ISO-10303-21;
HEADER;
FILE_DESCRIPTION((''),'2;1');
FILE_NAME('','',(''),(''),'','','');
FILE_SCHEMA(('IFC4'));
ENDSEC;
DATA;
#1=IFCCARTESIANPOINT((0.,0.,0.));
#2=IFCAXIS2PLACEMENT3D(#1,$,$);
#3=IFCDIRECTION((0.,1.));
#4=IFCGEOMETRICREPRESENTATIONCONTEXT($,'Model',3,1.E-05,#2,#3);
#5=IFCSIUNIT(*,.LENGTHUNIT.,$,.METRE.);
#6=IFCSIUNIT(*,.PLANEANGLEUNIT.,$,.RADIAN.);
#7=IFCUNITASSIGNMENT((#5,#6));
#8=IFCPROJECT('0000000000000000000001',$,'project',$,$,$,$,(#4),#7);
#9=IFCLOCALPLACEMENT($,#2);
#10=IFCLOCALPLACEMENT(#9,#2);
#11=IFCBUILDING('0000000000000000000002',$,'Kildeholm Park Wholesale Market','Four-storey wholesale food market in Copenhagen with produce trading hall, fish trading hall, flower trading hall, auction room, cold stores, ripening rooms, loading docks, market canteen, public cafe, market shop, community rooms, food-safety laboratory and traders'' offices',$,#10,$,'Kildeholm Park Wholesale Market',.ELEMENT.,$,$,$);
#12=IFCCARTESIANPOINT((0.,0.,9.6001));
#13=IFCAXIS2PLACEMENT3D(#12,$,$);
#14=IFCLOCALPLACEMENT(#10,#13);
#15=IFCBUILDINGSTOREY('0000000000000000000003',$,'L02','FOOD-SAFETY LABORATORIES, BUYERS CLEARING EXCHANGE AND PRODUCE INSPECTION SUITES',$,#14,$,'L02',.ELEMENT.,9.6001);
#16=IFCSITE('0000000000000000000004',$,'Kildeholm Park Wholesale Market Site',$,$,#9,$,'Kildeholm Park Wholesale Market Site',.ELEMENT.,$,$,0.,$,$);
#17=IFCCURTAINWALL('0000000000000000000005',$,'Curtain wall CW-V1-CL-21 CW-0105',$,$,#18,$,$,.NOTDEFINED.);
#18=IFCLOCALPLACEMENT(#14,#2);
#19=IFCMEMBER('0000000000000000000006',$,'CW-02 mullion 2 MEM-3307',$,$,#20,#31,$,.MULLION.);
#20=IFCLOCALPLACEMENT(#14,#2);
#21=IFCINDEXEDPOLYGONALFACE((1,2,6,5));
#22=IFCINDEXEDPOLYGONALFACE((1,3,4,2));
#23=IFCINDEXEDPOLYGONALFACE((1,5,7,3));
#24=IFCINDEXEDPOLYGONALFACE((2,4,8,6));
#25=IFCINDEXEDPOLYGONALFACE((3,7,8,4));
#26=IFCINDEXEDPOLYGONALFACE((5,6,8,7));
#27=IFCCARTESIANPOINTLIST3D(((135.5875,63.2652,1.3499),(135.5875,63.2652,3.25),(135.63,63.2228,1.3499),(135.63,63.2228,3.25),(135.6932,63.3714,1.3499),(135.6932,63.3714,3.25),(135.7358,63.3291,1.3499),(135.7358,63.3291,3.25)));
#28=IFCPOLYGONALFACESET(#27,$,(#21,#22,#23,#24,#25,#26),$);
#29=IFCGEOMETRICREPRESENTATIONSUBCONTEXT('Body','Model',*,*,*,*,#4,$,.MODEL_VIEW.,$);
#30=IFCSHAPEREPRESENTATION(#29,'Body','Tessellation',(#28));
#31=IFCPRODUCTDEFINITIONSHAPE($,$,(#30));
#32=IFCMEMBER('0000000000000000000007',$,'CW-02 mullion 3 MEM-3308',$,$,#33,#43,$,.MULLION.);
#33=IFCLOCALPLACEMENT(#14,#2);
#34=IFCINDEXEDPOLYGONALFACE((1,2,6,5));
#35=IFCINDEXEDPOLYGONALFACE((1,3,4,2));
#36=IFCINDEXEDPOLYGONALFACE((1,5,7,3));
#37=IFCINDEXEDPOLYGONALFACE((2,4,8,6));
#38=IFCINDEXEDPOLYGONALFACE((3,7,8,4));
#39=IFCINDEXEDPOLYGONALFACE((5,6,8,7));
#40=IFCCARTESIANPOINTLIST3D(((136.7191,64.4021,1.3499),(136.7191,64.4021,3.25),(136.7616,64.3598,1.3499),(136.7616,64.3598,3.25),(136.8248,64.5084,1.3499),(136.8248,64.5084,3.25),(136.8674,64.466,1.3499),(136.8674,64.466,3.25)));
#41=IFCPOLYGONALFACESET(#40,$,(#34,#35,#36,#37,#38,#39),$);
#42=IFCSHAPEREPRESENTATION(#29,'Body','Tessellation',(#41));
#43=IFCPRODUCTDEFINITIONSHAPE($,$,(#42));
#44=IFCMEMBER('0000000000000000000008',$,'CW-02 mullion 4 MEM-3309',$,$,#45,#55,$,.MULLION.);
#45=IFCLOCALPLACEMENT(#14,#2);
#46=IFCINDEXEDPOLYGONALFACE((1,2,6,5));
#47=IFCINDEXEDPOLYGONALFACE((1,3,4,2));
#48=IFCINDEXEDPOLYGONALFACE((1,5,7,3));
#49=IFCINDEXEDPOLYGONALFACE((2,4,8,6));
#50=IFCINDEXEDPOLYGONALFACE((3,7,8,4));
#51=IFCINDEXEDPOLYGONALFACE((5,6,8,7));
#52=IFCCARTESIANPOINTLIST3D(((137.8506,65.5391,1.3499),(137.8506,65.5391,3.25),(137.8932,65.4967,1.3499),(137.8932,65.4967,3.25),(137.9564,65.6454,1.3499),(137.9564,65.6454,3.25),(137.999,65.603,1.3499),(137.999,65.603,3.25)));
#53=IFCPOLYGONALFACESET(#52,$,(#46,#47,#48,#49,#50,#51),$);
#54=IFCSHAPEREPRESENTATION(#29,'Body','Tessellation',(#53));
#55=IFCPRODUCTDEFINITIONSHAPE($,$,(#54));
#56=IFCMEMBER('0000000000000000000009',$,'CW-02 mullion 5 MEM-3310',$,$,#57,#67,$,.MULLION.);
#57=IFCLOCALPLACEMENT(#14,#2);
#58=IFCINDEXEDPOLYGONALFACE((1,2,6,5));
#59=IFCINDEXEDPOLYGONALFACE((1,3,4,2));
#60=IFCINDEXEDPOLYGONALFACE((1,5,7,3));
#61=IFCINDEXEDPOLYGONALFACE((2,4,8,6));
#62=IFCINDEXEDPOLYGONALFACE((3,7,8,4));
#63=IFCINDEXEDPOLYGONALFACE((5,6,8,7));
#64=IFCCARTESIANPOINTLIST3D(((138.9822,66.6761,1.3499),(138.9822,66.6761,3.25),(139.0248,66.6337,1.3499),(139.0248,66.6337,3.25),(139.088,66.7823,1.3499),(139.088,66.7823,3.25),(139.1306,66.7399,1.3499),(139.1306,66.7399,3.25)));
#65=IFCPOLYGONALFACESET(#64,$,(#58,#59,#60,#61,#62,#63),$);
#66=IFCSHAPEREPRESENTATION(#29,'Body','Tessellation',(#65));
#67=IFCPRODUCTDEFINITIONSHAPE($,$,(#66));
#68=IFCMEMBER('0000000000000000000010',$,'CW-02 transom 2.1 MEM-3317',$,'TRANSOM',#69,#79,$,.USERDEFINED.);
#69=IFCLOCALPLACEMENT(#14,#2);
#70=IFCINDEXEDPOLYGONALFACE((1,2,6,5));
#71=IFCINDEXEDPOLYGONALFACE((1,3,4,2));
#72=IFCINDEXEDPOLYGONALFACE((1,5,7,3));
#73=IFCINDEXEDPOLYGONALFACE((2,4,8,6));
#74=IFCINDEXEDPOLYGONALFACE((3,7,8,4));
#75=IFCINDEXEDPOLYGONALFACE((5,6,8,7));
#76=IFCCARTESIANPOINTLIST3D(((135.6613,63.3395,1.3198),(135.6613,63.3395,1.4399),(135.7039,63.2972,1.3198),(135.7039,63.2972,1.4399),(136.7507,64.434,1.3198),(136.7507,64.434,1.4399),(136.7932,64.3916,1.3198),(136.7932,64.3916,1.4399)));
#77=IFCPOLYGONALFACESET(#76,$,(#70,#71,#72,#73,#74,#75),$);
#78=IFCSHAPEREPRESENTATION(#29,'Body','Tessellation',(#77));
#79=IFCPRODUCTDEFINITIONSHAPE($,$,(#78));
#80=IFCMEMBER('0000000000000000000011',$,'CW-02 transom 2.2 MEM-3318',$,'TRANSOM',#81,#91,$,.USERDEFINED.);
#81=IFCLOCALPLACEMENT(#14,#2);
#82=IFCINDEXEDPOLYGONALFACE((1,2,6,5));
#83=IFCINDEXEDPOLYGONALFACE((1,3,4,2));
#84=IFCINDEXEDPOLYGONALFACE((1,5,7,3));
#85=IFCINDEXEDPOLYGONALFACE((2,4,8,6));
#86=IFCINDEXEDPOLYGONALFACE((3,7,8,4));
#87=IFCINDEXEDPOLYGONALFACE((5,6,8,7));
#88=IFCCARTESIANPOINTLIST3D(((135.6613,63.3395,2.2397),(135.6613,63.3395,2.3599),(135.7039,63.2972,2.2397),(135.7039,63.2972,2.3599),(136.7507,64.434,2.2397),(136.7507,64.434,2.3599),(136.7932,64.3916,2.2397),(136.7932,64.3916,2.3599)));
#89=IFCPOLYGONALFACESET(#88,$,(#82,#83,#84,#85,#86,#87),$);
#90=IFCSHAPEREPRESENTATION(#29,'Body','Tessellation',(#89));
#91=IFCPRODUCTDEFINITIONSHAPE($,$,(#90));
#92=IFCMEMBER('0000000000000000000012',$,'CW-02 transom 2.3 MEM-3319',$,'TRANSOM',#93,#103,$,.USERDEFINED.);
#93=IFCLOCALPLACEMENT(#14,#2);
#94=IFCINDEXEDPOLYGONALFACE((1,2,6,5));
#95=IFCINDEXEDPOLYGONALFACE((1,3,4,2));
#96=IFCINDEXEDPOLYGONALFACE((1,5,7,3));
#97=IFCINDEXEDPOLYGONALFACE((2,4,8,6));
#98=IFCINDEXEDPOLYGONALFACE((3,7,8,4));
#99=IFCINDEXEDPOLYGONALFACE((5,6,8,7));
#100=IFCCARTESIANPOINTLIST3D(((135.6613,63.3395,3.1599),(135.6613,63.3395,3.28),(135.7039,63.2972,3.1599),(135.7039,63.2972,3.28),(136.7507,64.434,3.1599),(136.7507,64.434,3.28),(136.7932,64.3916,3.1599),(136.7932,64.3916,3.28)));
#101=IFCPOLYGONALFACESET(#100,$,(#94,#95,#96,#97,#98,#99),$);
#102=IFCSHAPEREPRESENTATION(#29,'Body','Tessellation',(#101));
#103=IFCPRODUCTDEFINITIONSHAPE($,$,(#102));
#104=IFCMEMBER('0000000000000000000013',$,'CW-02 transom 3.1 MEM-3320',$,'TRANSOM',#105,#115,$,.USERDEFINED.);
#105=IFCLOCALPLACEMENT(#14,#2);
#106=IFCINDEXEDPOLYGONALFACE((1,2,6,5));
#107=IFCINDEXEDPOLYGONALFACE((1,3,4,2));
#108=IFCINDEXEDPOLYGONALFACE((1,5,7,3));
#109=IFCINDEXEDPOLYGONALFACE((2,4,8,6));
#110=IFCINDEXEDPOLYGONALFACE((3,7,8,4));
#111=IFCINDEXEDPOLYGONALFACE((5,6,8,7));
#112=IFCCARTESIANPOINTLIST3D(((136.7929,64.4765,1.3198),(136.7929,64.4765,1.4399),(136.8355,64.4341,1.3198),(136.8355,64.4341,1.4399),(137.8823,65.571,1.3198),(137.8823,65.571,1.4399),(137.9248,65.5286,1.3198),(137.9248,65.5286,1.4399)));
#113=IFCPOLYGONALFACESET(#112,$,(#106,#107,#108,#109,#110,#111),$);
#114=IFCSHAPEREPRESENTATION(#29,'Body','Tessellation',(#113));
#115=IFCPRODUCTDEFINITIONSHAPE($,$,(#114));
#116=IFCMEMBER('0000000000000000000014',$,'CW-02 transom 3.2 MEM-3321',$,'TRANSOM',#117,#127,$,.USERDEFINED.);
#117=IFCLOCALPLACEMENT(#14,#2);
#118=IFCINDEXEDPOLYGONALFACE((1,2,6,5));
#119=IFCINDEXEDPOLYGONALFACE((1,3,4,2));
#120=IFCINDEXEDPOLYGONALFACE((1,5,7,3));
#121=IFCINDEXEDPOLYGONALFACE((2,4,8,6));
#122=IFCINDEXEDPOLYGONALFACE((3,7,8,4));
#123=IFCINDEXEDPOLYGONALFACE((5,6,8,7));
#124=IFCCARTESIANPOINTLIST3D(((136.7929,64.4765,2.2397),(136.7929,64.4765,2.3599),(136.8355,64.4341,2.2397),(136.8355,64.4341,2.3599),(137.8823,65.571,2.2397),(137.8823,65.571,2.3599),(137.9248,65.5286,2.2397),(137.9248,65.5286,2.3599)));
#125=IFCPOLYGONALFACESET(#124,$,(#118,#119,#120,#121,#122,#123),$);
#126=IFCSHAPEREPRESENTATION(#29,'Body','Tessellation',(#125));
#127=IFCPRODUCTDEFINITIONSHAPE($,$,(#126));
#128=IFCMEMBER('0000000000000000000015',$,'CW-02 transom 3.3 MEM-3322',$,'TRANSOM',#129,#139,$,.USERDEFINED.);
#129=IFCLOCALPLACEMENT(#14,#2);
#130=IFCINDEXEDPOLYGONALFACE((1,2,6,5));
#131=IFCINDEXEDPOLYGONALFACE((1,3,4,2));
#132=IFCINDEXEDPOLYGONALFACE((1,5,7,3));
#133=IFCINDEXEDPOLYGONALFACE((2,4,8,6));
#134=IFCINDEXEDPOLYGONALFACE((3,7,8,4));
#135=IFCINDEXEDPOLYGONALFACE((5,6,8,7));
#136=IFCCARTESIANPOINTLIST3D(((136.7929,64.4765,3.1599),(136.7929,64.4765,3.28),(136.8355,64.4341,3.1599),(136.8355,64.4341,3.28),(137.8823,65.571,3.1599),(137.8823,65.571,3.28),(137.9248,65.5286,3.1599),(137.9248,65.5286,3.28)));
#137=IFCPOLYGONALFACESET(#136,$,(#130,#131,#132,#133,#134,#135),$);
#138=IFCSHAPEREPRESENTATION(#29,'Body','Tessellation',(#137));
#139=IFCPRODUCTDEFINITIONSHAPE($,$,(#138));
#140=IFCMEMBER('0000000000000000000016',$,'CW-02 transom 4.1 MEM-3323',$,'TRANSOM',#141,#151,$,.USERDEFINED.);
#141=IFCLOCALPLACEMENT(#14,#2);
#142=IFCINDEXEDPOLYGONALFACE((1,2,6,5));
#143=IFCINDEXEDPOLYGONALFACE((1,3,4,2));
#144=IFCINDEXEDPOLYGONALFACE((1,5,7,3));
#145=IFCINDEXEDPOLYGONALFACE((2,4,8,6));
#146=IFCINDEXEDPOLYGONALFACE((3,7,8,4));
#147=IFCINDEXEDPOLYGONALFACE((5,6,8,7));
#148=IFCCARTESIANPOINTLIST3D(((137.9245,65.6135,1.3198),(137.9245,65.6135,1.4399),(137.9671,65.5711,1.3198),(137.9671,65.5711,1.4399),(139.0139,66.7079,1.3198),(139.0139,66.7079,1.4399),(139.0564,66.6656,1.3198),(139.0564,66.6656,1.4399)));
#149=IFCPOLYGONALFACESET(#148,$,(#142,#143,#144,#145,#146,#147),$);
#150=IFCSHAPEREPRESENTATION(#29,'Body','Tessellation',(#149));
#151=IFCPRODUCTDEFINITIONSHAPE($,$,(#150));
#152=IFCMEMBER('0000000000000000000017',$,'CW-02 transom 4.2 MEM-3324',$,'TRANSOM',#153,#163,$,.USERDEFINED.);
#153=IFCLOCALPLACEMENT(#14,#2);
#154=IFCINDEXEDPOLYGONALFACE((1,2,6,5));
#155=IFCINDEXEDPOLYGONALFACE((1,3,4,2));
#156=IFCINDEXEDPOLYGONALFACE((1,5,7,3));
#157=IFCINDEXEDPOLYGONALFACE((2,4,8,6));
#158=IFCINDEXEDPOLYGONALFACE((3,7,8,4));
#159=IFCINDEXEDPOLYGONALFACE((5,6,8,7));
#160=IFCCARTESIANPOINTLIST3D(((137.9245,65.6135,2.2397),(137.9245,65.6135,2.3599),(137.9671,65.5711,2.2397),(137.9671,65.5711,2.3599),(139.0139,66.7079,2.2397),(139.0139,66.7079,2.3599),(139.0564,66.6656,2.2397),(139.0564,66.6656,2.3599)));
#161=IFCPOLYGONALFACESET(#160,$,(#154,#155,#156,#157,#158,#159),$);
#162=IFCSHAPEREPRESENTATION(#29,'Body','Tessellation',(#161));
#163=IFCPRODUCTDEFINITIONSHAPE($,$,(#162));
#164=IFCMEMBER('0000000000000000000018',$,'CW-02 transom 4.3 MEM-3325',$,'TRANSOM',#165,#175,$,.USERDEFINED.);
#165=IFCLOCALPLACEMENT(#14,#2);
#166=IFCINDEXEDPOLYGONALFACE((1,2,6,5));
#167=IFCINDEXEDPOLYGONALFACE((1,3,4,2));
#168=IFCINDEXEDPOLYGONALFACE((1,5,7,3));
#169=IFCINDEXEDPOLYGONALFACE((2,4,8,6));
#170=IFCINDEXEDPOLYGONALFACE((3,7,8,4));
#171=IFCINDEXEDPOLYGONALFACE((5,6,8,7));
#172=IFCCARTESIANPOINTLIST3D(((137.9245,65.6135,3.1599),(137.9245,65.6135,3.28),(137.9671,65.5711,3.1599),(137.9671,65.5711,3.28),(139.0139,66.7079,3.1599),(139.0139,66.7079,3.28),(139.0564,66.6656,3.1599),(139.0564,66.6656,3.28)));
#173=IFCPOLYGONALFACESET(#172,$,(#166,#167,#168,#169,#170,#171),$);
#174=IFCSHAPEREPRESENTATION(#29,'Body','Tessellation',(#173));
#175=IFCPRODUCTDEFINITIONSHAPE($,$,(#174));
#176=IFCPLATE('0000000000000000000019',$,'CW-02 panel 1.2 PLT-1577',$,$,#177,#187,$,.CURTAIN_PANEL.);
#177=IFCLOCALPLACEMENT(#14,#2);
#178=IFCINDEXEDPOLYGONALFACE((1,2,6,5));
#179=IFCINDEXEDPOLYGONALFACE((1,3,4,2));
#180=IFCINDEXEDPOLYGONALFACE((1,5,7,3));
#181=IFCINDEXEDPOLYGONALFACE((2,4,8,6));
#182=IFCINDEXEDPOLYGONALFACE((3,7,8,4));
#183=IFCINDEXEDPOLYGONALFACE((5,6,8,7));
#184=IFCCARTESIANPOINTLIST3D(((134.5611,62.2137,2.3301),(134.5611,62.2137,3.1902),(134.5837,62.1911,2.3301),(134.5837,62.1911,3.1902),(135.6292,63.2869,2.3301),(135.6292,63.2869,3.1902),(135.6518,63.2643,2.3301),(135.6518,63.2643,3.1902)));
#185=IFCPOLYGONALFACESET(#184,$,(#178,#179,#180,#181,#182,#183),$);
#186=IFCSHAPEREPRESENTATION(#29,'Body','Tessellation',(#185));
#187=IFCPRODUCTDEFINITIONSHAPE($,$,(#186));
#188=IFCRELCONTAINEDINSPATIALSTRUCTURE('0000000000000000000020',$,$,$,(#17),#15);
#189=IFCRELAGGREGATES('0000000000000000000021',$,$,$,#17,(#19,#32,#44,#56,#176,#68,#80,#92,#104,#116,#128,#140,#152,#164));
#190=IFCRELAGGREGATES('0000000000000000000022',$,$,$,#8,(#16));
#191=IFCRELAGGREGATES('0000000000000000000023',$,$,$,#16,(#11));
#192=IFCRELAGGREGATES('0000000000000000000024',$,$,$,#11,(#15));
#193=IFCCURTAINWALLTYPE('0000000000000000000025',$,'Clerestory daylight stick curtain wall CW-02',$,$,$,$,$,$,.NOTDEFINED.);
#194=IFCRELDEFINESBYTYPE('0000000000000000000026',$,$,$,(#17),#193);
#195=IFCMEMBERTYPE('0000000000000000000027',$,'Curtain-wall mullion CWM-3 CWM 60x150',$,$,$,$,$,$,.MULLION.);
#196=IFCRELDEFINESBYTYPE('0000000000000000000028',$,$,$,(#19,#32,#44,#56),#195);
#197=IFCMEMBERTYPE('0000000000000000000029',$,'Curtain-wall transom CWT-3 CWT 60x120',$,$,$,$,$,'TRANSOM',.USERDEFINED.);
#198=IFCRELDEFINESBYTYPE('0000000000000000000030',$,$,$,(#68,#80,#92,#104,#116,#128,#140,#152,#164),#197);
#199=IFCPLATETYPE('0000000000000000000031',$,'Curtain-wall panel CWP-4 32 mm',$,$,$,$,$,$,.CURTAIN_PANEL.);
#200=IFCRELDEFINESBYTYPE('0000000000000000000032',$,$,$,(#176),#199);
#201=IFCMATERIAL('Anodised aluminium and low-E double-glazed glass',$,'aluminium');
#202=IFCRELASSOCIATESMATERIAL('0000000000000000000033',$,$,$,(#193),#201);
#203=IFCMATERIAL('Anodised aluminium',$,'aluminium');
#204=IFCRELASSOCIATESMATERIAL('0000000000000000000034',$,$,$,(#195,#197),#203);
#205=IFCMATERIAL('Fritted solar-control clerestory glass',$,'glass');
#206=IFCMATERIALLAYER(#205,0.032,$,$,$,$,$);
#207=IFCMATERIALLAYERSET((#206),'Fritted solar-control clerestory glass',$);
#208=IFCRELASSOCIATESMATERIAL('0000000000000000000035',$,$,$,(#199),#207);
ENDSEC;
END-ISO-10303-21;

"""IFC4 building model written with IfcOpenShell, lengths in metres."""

from ifc_helpers import new_model, si_unit, direction, frame, origin, origin_2d, place, context, subcontext, project, spatial, rectangle, extrude, material, layer, layer_set, material_profile, profile_set, type_object, element, aggregate, save


model = new_model("IFC4")

# Units and contexts
model_context = context("Model", 3, precision=1e-05, world=origin(), true_north=direction((0.0, 1.0)))
body_context = subcontext(model_context, "Body", "Model", "MODEL_VIEW")
ifc_project = project(units=[si_unit("LENGTHUNIT", "METRE"), si_unit("PLANEANGLEUNIT", "RADIAN")], contexts=[model_context])

# Site, building, storey
site_placement = place(None, origin())
site = spatial("IfcSite", under=ifc_project, at=site_placement, Name="Kildeholm Park Wholesale Market Site", LongName="Kildeholm Park Wholesale Market Site", CompositionType="ELEMENT", RefElevation=0.0)
building_placement = place(site_placement, origin())
building = spatial("IfcBuilding", under=site, at=building_placement, Name="Kildeholm Park Wholesale Market", Description="Four-storey wholesale food market in Copenhagen with produce trading hall, fish trading hall, flower trading hall, auction room, cold stores, ripening rooms, loading docks, market canteen, public cafe, market shop, community rooms, food-safety laboratory and traders' offices", LongName="Kildeholm Park Wholesale Market", CompositionType="ELEMENT")
storey_placement = place(building_placement, frame((0.0, 0.0, 9.6001)))
storey = spatial("IfcBuildingStorey", under=building, at=storey_placement, Name="L02", Description="FOOD-SAFETY LABORATORIES, BUYERS CLEARING EXCHANGE AND PRODUCE INSPECTION SUITES", LongName="L02", CompositionType="ELEMENT", Elevation=9.6001)

# Curtain wall, members, plate
ifc_material_1 = material(Name="Anodised aluminium and low-E double-glazed glass", Category="aluminium")
curtain_wall_type = type_object("IfcCurtainWallType", Name="Clerestory daylight stick curtain wall CW-02", PredefinedType="NOTDEFINED", material=ifc_material_1)
curtain_wall_placement = place(storey_placement, origin())
curtain_wall = element("IfcCurtainWall", 1, at=curtain_wall_placement, inside=storey, type_object=curtain_wall_type, Name="Curtain wall CW-V1-CL-21 CW-0105", PredefinedType="NOTDEFINED")
ifc_material_2 = material(Name="Anodised aluminium", Category="aluminium")
ifc_material_profile_1 = material_profile(ifc_material_2, rectangle(XDim=0.0601, YDim=0.1499, at=origin_2d()), Name="CWM 60x150")
ifc_profile_set_1 = profile_set([ifc_material_profile_1], Name="Anodised aluminium")
member_type_1 = type_object("IfcMemberType", Name="Curtain-wall mullion CWM-3 CWM 60x150", PredefinedType="MULLION", material=ifc_profile_set_1)
member_1_placement = place(storey_placement, frame((135.6616, 63.2971, 1.3499), z_axis=(0.0, 0.0, 1.0), x_axis=(-0.708797, 0.705413, 0.0)))
member_1 = element("IfcMember", 2, at=member_1_placement, type_object=member_type_1, Name="CW-02 mullion 2 MEM-3307", PredefinedType="MULLION", context=body_context, shape_type="SweptSolid", body=[
    extrude(rectangle(XDim=0.0601, YDim=0.1499, at=origin_2d()), origin(), (0.0, 0.0, 1.0), 1.9001),
])
member_2_placement = place(storey_placement, frame((136.7932, 64.4341, 1.3499), z_axis=(0.0, 0.0, 1.0), x_axis=(-0.708797, 0.705413, 0.0)))
member_2 = element("IfcMember", 3, at=member_2_placement, type_object=member_type_1, Name="CW-02 mullion 3 MEM-3308", PredefinedType="MULLION", context=body_context, shape_type="SweptSolid", body=[
    extrude(rectangle(XDim=0.0601, YDim=0.1499, at=origin_2d()), origin(), (0.0, 0.0, 1.0), 1.9001),
])
member_3_placement = place(storey_placement, frame((137.9248, 65.571, 1.3499), z_axis=(0.0, 0.0, 1.0), x_axis=(-0.708797, 0.705413, 0.0)))
member_3 = element("IfcMember", 4, at=member_3_placement, type_object=member_type_1, Name="CW-02 mullion 4 MEM-3309", PredefinedType="MULLION", context=body_context, shape_type="SweptSolid", body=[
    extrude(rectangle(XDim=0.0601, YDim=0.1499, at=origin_2d()), origin(), (0.0, 0.0, 1.0), 1.9001),
])
member_4_placement = place(storey_placement, frame((139.0564, 66.708, 1.3499), z_axis=(0.0, 0.0, 1.0), x_axis=(-0.708797, 0.705413, 0.0)))
member_4 = element("IfcMember", 5, at=member_4_placement, type_object=member_type_1, Name="CW-02 mullion 5 MEM-3310", PredefinedType="MULLION", context=body_context, shape_type="SweptSolid", body=[
    extrude(rectangle(XDim=0.0601, YDim=0.1499, at=origin_2d()), origin(), (0.0, 0.0, 1.0), 1.9001),
])
ifc_material_profile_2 = material_profile(ifc_material_2, rectangle(XDim=0.0601, YDim=0.1201, at=origin_2d()), Name="CWT 60x120")
ifc_profile_set_2 = profile_set([ifc_material_profile_2], Name="Anodised aluminium")
member_type_2 = type_object("IfcMemberType", Name="Curtain-wall transom CWT-3 CWT 60x120", ElementType="TRANSOM", PredefinedType="USERDEFINED", material=ifc_profile_set_2)
member_5_placement = place(storey_placement, frame((135.6826, 63.3184, 1.3799), z_axis=(0.705445, 0.708765, 0.0), x_axis=(-0.708765, 0.705445, 0.0)))
member_5 = element("IfcMember", 6, at=member_5_placement, type_object=member_type_2, Name="CW-02 transom 2.1 MEM-3317", ObjectType="TRANSOM", PredefinedType="USERDEFINED", context=body_context, shape_type="SweptSolid", body=[
    extrude(rectangle(XDim=0.0601, YDim=0.1201, at=origin_2d()), origin(), (0.0, 0.0, 1.0), 1.5442),
])
member_6_placement = place(storey_placement, frame((135.6826, 63.3184, 2.2998), z_axis=(0.705445, 0.708765, 0.0), x_axis=(-0.708765, 0.705445, 0.0)))
member_6 = element("IfcMember", 7, at=member_6_placement, type_object=member_type_2, Name="CW-02 transom 2.2 MEM-3318", ObjectType="TRANSOM", PredefinedType="USERDEFINED", context=body_context, shape_type="SweptSolid", body=[
    extrude(rectangle(XDim=0.0601, YDim=0.1201, at=origin_2d()), origin(), (0.0, 0.0, 1.0), 1.5442),
])
member_7_placement = place(storey_placement, frame((135.6826, 63.3184, 3.22), z_axis=(0.705445, 0.708765, 0.0), x_axis=(-0.708765, 0.705445, 0.0)))
member_7 = element("IfcMember", 8, at=member_7_placement, type_object=member_type_2, Name="CW-02 transom 2.3 MEM-3319", ObjectType="TRANSOM", PredefinedType="USERDEFINED", context=body_context, shape_type="SweptSolid", body=[
    extrude(rectangle(XDim=0.0601, YDim=0.1201, at=origin_2d()), origin(), (0.0, 0.0, 1.0), 1.5442),
])
member_8_placement = place(storey_placement, frame((136.8142, 64.4553, 1.3799), z_axis=(0.705445, 0.708765, 0.0), x_axis=(-0.708765, 0.705445, 0.0)))
member_8 = element("IfcMember", 9, at=member_8_placement, type_object=member_type_2, Name="CW-02 transom 3.1 MEM-3320", ObjectType="TRANSOM", PredefinedType="USERDEFINED", context=body_context, shape_type="SweptSolid", body=[
    extrude(rectangle(XDim=0.0601, YDim=0.1201, at=origin_2d()), origin(), (0.0, 0.0, 1.0), 1.5442),
])
member_9_placement = place(storey_placement, frame((136.8142, 64.4553, 2.2998), z_axis=(0.705445, 0.708765, 0.0), x_axis=(-0.708765, 0.705445, 0.0)))
member_9 = element("IfcMember", 10, at=member_9_placement, type_object=member_type_2, Name="CW-02 transom 3.2 MEM-3321", ObjectType="TRANSOM", PredefinedType="USERDEFINED", context=body_context, shape_type="SweptSolid", body=[
    extrude(rectangle(XDim=0.0601, YDim=0.1201, at=origin_2d()), origin(), (0.0, 0.0, 1.0), 1.5442),
])
member_10_placement = place(storey_placement, frame((136.8142, 64.4553, 3.22), z_axis=(0.705445, 0.708765, 0.0), x_axis=(-0.708765, 0.705445, 0.0)))
member_10 = element("IfcMember", 11, at=member_10_placement, type_object=member_type_2, Name="CW-02 transom 3.3 MEM-3322", ObjectType="TRANSOM", PredefinedType="USERDEFINED", context=body_context, shape_type="SweptSolid", body=[
    extrude(rectangle(XDim=0.0601, YDim=0.1201, at=origin_2d()), origin(), (0.0, 0.0, 1.0), 1.5442),
])
member_11_placement = place(storey_placement, frame((137.9458, 65.5923, 1.3799), z_axis=(0.705445, 0.708765, 0.0), x_axis=(-0.708765, 0.705445, 0.0)))
member_11 = element("IfcMember", 12, at=member_11_placement, type_object=member_type_2, Name="CW-02 transom 4.1 MEM-3323", ObjectType="TRANSOM", PredefinedType="USERDEFINED", context=body_context, shape_type="SweptSolid", body=[
    extrude(rectangle(XDim=0.0601, YDim=0.1201, at=origin_2d()), origin(), (0.0, 0.0, 1.0), 1.5442),
])
member_12_placement = place(storey_placement, frame((137.9458, 65.5923, 2.2998), z_axis=(0.705445, 0.708765, 0.0), x_axis=(-0.708765, 0.705445, 0.0)))
member_12 = element("IfcMember", 13, at=member_12_placement, type_object=member_type_2, Name="CW-02 transom 4.2 MEM-3324", ObjectType="TRANSOM", PredefinedType="USERDEFINED", context=body_context, shape_type="SweptSolid", body=[
    extrude(rectangle(XDim=0.0601, YDim=0.1201, at=origin_2d()), origin(), (0.0, 0.0, 1.0), 1.5442),
])
member_13_placement = place(storey_placement, frame((137.9458, 65.5923, 3.22), z_axis=(0.705445, 0.708765, 0.0), x_axis=(-0.708765, 0.705445, 0.0)))
member_13 = element("IfcMember", 14, at=member_13_placement, type_object=member_type_2, Name="CW-02 transom 4.3 MEM-3325", ObjectType="TRANSOM", PredefinedType="USERDEFINED", context=body_context, shape_type="SweptSolid", body=[
    extrude(rectangle(XDim=0.0601, YDim=0.1201, at=origin_2d()), origin(), (0.0, 0.0, 1.0), 1.5442),
])
ifc_material_3 = material(Name="Fritted solar-control clerestory glass", Category="glass")
ifc_layer_1 = layer(ifc_material_3, 0.032)
ifc_layer_set_1 = layer_set([ifc_layer_1], Name="Fritted solar-control clerestory glass")
plate_type = type_object("IfcPlateType", Name="Curtain-wall panel CWP-4 32 mm", PredefinedType="CURTAIN_PANEL", material=ifc_layer_set_1)
plate_1_placement = place(storey_placement, frame((135.1064, 62.739, 2.3301), z_axis=(0.0, 0.0, 1.0), x_axis=(0.705413, 0.708797, 0.0)))
plate_1 = element("IfcPlate", 15, at=plate_1_placement, type_object=plate_type, Name="CW-02 panel 1.2 PLT-1577", PredefinedType="CURTAIN_PANEL", context=body_context, shape_type="SweptSolid", body=[
    extrude(rectangle(XDim=1.5142, YDim=0.032, at=origin_2d()), origin(), (0.0, 0.0, 1.0), 0.8601),
])
aggregate(curtain_wall, [member_1, member_2, member_3, member_4, plate_1, member_5, member_6, member_7, member_8, member_9, member_10, member_11, member_12, member_13])

save(model, "model.ifc")
